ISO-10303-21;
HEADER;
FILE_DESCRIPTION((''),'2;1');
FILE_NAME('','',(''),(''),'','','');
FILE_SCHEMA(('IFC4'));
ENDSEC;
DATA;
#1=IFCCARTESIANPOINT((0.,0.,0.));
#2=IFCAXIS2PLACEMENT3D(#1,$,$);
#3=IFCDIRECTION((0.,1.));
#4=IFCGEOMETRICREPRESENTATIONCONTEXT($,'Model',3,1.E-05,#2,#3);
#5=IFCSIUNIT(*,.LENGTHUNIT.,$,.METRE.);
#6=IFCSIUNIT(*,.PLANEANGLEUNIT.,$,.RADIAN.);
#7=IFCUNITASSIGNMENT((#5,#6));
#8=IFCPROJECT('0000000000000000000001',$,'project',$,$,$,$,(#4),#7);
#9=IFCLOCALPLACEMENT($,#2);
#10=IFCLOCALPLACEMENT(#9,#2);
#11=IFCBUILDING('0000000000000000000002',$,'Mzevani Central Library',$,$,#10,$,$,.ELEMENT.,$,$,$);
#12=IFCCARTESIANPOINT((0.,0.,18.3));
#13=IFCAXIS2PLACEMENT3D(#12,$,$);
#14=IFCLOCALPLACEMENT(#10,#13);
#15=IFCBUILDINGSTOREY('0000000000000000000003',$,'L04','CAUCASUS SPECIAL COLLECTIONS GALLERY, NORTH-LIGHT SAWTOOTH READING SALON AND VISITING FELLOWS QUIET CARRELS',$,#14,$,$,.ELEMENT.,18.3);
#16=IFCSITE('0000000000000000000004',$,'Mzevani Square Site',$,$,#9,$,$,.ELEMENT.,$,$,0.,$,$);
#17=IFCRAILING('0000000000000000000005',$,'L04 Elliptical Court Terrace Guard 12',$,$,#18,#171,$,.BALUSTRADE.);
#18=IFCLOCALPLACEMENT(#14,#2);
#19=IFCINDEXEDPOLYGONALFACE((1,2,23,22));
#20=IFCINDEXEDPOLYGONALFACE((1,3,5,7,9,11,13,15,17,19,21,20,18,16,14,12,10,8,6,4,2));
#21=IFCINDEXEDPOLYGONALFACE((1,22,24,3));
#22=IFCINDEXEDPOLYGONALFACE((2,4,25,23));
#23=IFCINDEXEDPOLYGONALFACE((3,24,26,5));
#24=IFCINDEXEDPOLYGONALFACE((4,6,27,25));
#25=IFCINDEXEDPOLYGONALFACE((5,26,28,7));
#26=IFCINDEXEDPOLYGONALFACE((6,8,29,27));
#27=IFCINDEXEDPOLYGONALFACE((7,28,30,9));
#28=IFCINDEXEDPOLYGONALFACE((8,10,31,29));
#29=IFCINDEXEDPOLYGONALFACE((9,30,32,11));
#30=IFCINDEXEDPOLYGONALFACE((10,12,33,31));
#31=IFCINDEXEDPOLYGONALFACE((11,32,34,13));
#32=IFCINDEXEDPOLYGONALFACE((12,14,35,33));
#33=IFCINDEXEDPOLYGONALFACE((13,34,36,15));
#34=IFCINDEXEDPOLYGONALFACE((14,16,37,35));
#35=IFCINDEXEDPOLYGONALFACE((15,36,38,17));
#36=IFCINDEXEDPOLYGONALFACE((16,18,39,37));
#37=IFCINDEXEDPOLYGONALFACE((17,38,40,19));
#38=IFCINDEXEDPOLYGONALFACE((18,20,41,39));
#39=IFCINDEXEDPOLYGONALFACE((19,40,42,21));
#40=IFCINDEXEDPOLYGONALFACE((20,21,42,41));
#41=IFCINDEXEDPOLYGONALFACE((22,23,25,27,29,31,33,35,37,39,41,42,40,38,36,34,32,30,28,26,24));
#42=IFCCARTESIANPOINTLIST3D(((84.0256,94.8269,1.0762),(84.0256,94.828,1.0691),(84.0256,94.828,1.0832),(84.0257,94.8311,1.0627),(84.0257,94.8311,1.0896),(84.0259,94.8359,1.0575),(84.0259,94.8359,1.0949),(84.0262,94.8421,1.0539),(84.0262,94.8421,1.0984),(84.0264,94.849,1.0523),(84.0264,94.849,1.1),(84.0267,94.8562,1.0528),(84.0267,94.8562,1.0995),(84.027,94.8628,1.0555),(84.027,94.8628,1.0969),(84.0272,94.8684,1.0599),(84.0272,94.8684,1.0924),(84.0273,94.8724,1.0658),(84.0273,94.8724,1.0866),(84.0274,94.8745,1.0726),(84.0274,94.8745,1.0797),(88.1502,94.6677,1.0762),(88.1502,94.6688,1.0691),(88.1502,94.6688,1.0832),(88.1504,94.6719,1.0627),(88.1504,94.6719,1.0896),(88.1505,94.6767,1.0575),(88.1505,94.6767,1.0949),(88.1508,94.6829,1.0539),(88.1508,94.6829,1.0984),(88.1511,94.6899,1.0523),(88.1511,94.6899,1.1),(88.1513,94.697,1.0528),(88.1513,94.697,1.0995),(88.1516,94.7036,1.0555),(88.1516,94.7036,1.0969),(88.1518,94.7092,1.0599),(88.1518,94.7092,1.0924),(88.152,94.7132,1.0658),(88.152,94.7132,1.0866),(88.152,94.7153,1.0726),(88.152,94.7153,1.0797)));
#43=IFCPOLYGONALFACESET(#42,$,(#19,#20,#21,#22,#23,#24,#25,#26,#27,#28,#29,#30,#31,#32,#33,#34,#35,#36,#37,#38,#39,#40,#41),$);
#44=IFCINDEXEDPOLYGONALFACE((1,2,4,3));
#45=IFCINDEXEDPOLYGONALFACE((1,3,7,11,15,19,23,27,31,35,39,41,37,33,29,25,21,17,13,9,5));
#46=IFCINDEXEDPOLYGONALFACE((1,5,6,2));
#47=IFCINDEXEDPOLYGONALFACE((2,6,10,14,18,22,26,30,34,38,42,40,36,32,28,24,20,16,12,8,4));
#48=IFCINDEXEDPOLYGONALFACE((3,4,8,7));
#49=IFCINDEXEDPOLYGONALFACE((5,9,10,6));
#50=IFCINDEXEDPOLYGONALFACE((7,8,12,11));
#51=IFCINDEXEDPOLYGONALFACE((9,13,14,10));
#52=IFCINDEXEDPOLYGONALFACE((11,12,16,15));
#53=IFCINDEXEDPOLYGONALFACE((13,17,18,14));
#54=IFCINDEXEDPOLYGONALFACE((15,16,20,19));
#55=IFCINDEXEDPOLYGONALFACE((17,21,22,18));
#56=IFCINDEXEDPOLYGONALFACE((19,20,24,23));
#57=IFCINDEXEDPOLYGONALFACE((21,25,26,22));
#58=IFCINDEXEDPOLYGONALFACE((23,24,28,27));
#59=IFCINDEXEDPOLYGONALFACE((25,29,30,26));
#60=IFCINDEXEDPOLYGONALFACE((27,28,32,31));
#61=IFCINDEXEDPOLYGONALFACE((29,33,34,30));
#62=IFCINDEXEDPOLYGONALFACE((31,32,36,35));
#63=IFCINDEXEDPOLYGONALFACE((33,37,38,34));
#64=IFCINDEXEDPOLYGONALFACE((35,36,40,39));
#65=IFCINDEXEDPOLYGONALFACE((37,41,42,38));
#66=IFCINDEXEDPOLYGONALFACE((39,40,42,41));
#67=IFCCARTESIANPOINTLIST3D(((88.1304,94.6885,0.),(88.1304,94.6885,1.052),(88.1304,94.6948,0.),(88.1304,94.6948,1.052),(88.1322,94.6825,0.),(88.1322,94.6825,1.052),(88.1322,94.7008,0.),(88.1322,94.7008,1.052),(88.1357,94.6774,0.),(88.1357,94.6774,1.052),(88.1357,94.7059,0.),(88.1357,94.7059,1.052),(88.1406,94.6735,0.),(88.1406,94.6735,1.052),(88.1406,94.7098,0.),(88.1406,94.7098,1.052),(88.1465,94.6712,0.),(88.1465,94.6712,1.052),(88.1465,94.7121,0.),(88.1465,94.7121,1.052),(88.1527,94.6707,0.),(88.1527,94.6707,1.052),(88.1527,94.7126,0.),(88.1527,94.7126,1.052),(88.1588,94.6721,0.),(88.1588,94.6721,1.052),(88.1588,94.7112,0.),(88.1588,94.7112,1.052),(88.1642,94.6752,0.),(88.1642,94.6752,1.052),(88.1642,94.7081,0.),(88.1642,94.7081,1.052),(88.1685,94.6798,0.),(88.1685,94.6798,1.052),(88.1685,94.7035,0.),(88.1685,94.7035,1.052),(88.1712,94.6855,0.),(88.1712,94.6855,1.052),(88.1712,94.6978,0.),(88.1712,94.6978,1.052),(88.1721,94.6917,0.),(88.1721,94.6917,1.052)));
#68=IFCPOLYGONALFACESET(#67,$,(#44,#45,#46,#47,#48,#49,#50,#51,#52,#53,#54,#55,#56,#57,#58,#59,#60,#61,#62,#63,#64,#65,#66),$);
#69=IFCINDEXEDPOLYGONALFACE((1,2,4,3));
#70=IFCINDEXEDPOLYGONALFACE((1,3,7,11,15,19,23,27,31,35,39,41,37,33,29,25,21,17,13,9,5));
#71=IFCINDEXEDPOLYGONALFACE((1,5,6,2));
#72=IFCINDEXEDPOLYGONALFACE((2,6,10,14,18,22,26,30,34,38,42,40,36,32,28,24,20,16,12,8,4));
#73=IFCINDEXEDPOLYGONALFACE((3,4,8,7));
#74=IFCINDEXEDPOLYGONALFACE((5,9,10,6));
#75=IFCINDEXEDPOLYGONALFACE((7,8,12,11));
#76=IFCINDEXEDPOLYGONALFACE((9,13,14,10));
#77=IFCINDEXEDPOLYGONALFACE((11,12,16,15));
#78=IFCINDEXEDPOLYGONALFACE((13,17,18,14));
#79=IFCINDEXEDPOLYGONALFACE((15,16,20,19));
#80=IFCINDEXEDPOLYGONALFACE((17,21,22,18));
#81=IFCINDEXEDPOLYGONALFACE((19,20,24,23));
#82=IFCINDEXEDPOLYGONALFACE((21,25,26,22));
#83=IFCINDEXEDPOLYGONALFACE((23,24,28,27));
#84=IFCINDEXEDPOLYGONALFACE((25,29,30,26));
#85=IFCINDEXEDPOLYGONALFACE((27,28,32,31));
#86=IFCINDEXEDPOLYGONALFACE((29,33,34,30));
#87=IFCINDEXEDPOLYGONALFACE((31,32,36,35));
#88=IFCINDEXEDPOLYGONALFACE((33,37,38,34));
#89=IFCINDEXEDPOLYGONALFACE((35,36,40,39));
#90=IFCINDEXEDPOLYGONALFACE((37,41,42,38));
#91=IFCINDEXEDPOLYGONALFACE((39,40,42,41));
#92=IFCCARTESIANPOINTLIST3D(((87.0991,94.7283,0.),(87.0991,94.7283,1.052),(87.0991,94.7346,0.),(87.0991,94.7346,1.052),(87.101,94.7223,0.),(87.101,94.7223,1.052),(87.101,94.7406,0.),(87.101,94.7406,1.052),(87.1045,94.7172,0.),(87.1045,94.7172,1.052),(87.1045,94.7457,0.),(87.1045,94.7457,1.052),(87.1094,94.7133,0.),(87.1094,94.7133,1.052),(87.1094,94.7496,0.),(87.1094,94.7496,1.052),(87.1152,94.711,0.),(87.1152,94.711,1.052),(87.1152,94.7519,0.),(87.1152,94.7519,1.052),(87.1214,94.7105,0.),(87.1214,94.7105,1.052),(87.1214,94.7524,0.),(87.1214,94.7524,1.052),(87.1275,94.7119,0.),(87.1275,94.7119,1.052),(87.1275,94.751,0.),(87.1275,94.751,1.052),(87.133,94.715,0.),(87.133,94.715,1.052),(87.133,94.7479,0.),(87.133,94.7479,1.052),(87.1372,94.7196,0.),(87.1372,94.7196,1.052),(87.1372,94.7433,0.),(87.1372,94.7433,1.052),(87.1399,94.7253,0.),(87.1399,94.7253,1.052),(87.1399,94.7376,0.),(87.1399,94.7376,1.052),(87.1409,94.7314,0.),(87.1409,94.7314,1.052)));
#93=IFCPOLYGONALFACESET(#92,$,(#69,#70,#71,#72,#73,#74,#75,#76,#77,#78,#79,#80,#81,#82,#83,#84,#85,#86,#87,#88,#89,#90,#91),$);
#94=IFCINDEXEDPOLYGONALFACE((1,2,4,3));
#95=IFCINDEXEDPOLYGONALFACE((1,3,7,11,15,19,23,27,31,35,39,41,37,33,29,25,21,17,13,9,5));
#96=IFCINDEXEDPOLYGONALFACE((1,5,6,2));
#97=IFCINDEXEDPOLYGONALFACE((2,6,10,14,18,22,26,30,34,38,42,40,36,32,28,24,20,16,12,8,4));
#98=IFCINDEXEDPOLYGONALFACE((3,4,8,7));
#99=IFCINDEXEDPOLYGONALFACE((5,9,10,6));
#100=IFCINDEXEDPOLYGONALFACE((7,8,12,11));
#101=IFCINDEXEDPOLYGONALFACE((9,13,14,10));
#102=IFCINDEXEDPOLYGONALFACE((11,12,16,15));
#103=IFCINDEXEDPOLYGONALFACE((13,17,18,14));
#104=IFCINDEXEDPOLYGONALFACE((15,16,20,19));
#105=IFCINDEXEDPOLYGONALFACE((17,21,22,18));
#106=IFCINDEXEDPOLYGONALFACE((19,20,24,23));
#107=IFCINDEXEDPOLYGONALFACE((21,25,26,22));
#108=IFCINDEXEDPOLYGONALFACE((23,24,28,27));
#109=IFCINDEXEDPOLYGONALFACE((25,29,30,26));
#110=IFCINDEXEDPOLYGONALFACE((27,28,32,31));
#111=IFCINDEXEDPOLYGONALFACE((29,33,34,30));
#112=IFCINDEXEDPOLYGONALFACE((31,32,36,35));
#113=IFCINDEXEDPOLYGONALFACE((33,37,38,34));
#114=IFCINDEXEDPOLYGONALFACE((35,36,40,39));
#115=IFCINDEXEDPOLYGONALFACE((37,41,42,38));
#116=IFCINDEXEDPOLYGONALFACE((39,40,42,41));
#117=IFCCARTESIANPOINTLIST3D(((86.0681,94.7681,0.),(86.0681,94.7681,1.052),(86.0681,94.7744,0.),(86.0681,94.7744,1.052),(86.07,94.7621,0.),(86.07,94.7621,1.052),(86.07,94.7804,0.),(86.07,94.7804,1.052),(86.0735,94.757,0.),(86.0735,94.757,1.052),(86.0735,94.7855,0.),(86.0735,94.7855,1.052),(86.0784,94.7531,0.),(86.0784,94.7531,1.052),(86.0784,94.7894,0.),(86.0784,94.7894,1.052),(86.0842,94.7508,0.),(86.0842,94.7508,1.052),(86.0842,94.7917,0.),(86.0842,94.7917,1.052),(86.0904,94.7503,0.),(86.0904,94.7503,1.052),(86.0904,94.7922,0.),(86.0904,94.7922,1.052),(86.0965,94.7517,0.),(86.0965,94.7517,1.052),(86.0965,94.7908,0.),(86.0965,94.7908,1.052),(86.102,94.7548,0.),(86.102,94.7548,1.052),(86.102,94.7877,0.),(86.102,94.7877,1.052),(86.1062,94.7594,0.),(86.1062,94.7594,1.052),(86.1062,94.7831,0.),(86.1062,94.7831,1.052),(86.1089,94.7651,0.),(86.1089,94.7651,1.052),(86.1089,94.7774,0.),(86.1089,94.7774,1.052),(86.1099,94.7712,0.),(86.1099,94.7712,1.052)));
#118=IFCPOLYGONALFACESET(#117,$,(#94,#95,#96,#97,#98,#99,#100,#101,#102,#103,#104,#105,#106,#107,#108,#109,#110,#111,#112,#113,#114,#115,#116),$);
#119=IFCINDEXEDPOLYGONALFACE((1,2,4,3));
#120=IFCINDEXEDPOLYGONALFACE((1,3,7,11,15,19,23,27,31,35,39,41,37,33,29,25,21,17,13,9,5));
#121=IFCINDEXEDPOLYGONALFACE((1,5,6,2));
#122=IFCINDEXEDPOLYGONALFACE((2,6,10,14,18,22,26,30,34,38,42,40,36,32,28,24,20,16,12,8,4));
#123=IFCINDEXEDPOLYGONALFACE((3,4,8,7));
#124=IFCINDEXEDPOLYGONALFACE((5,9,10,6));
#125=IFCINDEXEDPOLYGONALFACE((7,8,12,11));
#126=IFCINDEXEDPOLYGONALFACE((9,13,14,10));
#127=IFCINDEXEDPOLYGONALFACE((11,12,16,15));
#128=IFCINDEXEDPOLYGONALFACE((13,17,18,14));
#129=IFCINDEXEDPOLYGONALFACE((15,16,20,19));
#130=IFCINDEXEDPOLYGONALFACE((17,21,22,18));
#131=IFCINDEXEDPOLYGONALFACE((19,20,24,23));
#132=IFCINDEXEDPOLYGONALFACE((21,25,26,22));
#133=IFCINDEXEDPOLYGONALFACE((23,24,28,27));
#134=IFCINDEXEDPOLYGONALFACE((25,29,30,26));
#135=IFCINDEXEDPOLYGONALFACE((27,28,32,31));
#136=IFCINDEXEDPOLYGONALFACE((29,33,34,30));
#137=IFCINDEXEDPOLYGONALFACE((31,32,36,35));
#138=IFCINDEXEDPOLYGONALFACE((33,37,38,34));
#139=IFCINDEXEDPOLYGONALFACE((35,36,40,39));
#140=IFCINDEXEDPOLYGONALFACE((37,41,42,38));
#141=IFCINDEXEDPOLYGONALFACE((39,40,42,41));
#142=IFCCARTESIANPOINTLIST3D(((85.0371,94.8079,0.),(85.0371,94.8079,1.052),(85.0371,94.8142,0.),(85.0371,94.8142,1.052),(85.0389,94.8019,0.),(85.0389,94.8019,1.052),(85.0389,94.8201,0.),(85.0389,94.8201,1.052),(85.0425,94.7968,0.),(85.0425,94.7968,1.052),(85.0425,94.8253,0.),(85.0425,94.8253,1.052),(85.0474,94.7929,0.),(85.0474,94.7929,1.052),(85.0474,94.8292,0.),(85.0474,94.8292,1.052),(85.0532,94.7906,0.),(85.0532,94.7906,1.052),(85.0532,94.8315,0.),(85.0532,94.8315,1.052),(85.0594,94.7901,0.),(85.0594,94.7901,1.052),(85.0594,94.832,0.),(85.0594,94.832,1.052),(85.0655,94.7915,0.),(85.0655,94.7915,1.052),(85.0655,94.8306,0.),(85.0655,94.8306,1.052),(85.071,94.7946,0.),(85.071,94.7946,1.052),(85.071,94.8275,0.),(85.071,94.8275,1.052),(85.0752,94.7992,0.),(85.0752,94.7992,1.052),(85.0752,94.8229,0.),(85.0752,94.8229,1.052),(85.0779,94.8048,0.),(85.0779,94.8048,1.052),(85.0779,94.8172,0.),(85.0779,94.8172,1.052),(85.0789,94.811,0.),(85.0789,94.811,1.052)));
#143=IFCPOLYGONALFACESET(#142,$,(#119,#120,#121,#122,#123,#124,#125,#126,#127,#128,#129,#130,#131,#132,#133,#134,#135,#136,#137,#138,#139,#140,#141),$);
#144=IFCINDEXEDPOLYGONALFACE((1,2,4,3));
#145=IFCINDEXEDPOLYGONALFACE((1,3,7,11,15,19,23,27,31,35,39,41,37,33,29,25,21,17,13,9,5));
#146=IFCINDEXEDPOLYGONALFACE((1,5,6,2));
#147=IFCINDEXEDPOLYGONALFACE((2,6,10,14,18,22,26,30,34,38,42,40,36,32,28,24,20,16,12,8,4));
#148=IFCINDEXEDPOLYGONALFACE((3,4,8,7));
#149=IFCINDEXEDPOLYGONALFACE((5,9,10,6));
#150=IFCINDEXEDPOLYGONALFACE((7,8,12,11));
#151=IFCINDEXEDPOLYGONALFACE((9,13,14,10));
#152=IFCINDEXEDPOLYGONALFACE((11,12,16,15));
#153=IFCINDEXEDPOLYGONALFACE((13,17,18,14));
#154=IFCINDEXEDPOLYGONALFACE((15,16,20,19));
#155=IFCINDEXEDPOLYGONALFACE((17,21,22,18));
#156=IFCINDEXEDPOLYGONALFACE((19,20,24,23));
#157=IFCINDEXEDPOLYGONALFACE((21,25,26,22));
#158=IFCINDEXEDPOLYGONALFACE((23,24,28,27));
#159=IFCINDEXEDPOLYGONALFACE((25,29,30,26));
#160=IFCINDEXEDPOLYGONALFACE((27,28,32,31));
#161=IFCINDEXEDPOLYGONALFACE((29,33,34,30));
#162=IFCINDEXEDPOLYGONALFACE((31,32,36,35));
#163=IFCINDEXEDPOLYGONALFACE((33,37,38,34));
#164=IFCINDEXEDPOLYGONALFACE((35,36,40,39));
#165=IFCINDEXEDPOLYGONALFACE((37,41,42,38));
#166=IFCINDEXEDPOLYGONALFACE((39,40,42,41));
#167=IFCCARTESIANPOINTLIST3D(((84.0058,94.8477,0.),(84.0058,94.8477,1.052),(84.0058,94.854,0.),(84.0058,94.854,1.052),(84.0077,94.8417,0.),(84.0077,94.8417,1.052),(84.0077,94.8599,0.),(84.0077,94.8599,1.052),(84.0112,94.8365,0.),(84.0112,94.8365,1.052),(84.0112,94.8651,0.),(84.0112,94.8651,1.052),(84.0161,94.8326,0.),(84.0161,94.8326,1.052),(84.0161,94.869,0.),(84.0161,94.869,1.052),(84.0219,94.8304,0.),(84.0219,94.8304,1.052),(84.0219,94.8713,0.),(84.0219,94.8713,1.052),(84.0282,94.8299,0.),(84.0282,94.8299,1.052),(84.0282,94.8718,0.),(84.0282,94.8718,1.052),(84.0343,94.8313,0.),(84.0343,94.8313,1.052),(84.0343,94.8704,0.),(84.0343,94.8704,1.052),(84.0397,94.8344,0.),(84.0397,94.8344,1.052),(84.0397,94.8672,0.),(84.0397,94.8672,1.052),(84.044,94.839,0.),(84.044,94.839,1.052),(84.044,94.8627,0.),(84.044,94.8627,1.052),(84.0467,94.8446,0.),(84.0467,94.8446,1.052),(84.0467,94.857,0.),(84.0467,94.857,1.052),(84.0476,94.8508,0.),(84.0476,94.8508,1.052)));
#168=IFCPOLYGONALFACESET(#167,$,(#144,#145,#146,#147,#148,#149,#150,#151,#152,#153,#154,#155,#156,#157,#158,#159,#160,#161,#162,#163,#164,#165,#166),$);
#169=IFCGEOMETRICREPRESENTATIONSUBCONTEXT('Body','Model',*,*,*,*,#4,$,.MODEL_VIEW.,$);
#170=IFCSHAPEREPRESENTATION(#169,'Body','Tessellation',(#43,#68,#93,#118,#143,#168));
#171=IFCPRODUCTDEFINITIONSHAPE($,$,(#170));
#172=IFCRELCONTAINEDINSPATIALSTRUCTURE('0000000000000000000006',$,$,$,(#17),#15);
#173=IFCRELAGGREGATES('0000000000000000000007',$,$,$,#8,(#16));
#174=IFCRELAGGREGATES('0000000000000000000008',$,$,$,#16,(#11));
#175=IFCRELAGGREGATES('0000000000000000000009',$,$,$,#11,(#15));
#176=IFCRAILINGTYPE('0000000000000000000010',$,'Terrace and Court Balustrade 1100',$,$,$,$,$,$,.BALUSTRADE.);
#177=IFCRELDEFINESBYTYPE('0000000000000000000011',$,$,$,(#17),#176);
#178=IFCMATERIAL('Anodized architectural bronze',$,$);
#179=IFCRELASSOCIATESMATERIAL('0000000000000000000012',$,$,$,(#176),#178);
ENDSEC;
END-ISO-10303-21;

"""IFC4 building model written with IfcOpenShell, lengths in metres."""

from ifc_helpers import new_model, si_unit, direction, frame, origin, origin_2d, place, context, subcontext, project, spatial, circle, extrude, material, type_object, element, save


model = new_model("IFC4")

# Units and contexts
model_context = context("Model", 3, precision=1e-05, world=origin(), true_north=direction((0.0, 1.0)))
body_context = subcontext(model_context, "Body", "Model", "MODEL_VIEW")
ifc_project = project(units=[si_unit("LENGTHUNIT", "METRE"), si_unit("PLANEANGLEUNIT", "RADIAN")], contexts=[model_context])

# Site, building, storey
site_placement = place(None, origin())
site = spatial("IfcSite", under=ifc_project, at=site_placement, Name="Mzevani Square Site", CompositionType="ELEMENT", RefElevation=0.0)
building_placement = place(site_placement, origin())
building = spatial("IfcBuilding", under=site, at=building_placement, Name="Mzevani Central Library", CompositionType="ELEMENT")
storey_placement = place(building_placement, frame((0.0, 0.0, 18.3)))
storey = spatial("IfcBuildingStorey", under=building, at=storey_placement, Name="L04", Description="CAUCASUS SPECIAL COLLECTIONS GALLERY, NORTH-LIGHT SAWTOOTH READING SALON AND VISITING FELLOWS QUIET CARRELS", CompositionType="ELEMENT", Elevation=18.3)

# Railing
ifc_material_1 = material(Name="Anodized architectural bronze")
railing_type = type_object("IfcRailingType", Name="Terrace and Court Balustrade 1100", PredefinedType="BALUSTRADE", material=ifc_material_1)
railing_1_placement = place(storey_placement, frame((88.1511, 94.6917, 0.0)))
element("IfcRailing", 1, at=railing_1_placement, inside=storey, type_object=railing_type, Name="L04 Elliptical Court Terrace Guard 12", PredefinedType="BALUSTRADE", context=body_context, shape_type="SweptSolid", body=[
    extrude(circle(Radius=0.0239, at=origin_2d()), frame((0.0, 0.0, 1.0762), z_axis=(-0.999256, 0.038565, 0.0), x_axis=(-0.038565, -0.999256, 0.0)), (0.0, 0.0, 1.0), 4.1277),
    extrude(circle(Radius=0.021, at=origin_2d()), origin(), (0.0, 0.0, 1.0), 1.052),
    extrude(circle(Radius=0.021, at=origin_2d()), frame((-1.0312, 0.0398, 0.0)), (0.0, 0.0, 1.0), 1.052),
    extrude(circle(Radius=0.021, at=origin_2d()), frame((-2.0623, 0.0796, 0.0)), (0.0, 0.0, 1.0), 1.052),
    extrude(circle(Radius=0.021, at=origin_2d()), frame((-3.0933, 0.1194, 0.0)), (0.0, 0.0, 1.0), 1.052),
    extrude(circle(Radius=0.021, at=origin_2d()), frame((-4.1245, 0.1592, 0.0)), (0.0, 0.0, 1.0), 1.052),
])

save(model, "model.ifc")
